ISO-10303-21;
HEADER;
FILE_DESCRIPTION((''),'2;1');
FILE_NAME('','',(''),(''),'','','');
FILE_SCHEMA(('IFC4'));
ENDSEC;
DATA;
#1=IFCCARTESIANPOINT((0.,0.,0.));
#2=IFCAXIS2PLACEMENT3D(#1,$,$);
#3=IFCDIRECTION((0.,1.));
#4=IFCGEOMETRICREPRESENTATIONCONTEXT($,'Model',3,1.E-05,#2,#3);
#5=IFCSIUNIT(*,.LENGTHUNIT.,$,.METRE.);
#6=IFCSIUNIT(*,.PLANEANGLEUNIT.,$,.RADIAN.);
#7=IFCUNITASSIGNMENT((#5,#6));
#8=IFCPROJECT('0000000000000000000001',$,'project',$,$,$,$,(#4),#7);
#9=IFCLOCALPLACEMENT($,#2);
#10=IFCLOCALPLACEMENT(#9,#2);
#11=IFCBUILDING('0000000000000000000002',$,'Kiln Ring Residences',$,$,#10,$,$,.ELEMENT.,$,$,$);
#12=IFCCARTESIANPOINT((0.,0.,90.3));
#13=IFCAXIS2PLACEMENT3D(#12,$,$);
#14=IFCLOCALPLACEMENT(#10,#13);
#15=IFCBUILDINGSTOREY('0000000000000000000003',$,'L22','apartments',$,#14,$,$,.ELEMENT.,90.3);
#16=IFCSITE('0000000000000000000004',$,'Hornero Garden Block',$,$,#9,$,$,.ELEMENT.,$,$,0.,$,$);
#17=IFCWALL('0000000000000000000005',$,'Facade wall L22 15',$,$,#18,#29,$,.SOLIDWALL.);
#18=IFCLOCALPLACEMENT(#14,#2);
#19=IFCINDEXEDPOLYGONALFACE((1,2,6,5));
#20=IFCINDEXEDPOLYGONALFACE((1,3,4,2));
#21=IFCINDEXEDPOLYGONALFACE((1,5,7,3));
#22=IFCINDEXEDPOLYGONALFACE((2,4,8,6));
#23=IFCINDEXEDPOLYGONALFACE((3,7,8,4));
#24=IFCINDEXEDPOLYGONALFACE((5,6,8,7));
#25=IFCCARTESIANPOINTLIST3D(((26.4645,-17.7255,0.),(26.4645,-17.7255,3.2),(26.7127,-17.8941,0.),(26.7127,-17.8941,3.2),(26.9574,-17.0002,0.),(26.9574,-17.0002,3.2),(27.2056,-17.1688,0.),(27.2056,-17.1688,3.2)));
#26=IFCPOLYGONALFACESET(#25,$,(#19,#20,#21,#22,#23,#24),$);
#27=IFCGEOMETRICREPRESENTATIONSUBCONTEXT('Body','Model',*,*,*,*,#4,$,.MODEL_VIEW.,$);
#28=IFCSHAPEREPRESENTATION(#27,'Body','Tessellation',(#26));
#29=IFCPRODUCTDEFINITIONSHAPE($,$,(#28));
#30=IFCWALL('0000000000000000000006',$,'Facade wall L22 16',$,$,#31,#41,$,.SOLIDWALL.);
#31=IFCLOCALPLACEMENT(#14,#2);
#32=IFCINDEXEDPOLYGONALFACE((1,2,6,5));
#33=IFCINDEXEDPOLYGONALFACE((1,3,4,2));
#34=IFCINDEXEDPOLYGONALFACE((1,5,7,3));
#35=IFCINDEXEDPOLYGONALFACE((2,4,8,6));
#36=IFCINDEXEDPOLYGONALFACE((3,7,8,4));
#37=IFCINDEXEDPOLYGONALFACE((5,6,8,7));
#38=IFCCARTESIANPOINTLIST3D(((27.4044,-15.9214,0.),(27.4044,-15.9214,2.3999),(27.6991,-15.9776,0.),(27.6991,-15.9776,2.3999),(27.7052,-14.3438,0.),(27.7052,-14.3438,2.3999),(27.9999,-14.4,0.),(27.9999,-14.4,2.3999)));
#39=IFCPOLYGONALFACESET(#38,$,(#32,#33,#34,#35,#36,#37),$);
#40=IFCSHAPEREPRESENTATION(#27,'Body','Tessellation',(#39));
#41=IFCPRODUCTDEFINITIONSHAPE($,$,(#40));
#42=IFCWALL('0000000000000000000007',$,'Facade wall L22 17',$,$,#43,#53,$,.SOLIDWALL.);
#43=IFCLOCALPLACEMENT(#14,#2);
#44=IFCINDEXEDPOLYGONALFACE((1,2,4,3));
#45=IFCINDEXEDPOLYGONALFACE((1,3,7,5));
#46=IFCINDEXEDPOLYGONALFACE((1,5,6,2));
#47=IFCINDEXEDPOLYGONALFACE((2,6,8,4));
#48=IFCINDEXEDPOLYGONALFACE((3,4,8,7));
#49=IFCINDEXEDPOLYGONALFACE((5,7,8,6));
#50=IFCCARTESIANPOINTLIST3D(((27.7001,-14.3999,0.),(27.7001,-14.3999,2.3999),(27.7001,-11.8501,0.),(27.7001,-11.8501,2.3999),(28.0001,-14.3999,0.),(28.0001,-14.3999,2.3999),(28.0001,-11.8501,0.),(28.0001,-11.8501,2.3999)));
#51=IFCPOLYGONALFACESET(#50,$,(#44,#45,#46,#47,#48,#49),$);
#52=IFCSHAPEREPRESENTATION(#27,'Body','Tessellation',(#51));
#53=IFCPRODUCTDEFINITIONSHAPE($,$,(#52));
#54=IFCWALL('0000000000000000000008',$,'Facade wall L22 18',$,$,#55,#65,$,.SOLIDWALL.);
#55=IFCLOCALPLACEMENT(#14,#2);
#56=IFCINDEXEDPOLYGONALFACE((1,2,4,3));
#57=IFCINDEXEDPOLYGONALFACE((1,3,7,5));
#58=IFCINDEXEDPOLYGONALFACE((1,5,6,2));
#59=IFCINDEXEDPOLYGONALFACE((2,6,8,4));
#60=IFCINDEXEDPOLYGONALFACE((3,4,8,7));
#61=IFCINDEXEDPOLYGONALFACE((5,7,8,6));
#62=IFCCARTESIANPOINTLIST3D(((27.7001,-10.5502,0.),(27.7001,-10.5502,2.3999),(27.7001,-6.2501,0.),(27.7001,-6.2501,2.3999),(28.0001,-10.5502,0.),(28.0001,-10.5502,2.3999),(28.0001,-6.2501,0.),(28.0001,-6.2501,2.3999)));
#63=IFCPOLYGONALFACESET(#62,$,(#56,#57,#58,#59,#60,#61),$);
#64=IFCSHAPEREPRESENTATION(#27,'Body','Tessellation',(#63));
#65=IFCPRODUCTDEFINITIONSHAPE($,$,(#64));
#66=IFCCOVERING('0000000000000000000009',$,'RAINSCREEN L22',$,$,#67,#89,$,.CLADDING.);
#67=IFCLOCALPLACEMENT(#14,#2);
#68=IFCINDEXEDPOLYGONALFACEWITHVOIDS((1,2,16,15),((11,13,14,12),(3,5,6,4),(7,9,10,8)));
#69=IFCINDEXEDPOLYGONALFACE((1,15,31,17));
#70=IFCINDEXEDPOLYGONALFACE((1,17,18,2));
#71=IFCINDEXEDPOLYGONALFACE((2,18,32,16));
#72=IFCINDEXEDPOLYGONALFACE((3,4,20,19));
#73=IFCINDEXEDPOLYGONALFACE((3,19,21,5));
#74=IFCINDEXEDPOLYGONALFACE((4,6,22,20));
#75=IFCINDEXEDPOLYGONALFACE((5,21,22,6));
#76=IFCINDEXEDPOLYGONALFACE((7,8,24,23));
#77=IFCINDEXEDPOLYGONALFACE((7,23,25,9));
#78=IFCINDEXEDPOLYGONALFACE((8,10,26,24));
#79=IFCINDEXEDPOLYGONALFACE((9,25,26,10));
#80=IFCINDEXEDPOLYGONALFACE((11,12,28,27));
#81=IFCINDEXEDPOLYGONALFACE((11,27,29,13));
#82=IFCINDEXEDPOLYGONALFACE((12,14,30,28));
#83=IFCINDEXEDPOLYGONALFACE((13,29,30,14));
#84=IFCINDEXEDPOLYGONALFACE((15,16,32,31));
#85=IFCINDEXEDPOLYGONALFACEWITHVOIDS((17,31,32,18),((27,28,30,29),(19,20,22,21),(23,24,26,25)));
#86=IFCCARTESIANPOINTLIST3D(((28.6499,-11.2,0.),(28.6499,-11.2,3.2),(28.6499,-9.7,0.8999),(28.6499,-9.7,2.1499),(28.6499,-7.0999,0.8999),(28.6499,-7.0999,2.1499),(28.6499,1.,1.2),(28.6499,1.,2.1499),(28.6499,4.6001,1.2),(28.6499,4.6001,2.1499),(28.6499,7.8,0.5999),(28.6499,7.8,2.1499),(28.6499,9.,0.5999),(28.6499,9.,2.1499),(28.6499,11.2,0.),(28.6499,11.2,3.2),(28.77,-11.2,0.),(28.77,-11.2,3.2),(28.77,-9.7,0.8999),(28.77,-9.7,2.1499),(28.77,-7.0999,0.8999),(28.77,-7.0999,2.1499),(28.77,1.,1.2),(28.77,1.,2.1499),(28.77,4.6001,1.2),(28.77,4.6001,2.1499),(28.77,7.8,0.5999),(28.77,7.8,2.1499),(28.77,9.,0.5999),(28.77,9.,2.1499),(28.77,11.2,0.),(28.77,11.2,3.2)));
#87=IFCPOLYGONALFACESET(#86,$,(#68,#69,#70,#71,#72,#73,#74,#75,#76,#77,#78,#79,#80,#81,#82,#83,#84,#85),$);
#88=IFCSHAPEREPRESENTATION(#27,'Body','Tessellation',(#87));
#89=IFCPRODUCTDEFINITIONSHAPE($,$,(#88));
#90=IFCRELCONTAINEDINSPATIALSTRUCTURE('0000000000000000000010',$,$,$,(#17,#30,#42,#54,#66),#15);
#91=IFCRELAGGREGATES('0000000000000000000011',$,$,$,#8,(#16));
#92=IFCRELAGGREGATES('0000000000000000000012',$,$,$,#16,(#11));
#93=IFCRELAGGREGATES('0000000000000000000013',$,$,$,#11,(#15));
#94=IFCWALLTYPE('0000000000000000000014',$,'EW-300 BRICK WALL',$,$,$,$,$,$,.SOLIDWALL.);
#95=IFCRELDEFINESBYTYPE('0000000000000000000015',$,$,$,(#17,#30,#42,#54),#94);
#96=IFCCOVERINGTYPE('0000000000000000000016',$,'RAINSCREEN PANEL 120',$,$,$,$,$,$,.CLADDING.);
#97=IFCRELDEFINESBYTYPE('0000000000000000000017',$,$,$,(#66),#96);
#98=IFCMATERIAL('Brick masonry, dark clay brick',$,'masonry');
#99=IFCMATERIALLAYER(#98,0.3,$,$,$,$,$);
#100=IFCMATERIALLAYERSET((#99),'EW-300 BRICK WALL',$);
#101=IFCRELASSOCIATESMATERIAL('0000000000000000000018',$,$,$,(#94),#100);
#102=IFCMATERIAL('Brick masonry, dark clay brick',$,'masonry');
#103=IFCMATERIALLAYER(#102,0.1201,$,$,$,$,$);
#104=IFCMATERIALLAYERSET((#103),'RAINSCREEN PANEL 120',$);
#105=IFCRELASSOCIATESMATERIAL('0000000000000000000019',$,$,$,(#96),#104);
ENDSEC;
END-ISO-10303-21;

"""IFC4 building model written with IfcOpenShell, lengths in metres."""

from ifc_helpers import new_model, si_unit, direction, frame, frame_2d, origin, place, context, subcontext, project, spatial, polyline, rectangle, outline, extrude, material, layer, layer_set, type_object, element, save


model = new_model("IFC4")

# Units and contexts
model_context = context("Model", 3, precision=1e-05, world=origin(), true_north=direction((0.0, 1.0)))
body_context = subcontext(model_context, "Body", "Model", "MODEL_VIEW")
ifc_project = project(units=[si_unit("LENGTHUNIT", "METRE"), si_unit("PLANEANGLEUNIT", "RADIAN")], contexts=[model_context])

# Site, building, storey
site_placement = place(None, origin())
site = spatial("IfcSite", under=ifc_project, at=site_placement, Name="Hornero Garden Block", CompositionType="ELEMENT", RefElevation=0.0)
building_placement = place(site_placement, origin())
building = spatial("IfcBuilding", under=site, at=building_placement, Name="Kiln Ring Residences", CompositionType="ELEMENT")
storey_placement = place(building_placement, frame((0.0, 0.0, 90.3)))
storey = spatial("IfcBuildingStorey", under=building, at=storey_placement, Name="L22", Description="apartments", CompositionType="ELEMENT", Elevation=90.3)

# Walls
ifc_material_1 = material(Name="Brick masonry, dark clay brick", Category="masonry")
ifc_layer_1 = layer(ifc_material_1, 0.3)
ifc_layer_set_1 = layer_set([ifc_layer_1], Name="EW-300 BRICK WALL")
wall_type_1 = type_object("IfcWallType", Name="EW-300 BRICK WALL", PredefinedType="SOLIDWALL", material=ifc_layer_set_1)
wall_1_placement = place(storey_placement, frame((26.5886, -17.8098, 0.0), z_axis=(0.0, 0.0, 1.0), x_axis=(0.562066, 0.827092, 0.0)))
element("IfcWall", 1, at=wall_1_placement, inside=storey, type_object=wall_type_1, Name="Facade wall L22 15", PredefinedType="SOLIDWALL", context=body_context, shape_type="SweptSolid", body=[
    extrude(rectangle(XDim=0.877, YDim=0.3, at=frame_2d((0.4385, 0.0))), origin(), (0.0, 0.0, 1.0), 3.2),
])
wall_2_placement = place(storey_placement, frame((27.5518, -15.9495, 0.0), z_axis=(0.0, 0.0, 1.0), x_axis=(0.18728, 0.982307, 0.0)))
element("IfcWall", 2, at=wall_2_placement, inside=storey, type_object=wall_type_1, Name="Facade wall L22 16", PredefinedType="SOLIDWALL", context=body_context, shape_type="SweptSolid", body=[
    extrude(rectangle(XDim=1.606, YDim=0.3, at=frame_2d((0.803, 0.0))), origin(), (0.0, 0.0, 1.0), 2.3999),
])
wall_3_placement = place(storey_placement, frame((27.8501, -14.3999, 0.0), z_axis=(0.0, 0.0, 1.0), x_axis=(0.0, 1.0, 0.0)))
element("IfcWall", 3, at=wall_3_placement, inside=storey, type_object=wall_type_1, Name="Facade wall L22 17", PredefinedType="SOLIDWALL", context=body_context, shape_type="SweptSolid", body=[
    extrude(rectangle(XDim=2.5498, YDim=0.3, at=frame_2d((1.2749, 0.0))), origin(), (0.0, 0.0, 1.0), 2.3999),
])
wall_4_placement = place(storey_placement, frame((27.8501, -10.55, 0.0), z_axis=(0.0, 0.0, 1.0), x_axis=(0.0, 1.0, 0.0)))
element("IfcWall", 4, at=wall_4_placement, inside=storey, type_object=wall_type_1, Name="Facade wall L22 18", PredefinedType="SOLIDWALL", context=body_context, shape_type="SweptSolid", body=[
    extrude(rectangle(XDim=4.3, YDim=0.3, at=frame_2d((2.1499, 0.0))), origin(), (0.0, 0.0, 1.0), 2.3999),
])

# Covering
ifc_material_2 = material(Name="Brick masonry, dark clay brick", Category="masonry")
ifc_layer_2 = layer(ifc_material_2, 0.1201)
ifc_layer_set_2 = layer_set([ifc_layer_2], Name="RAINSCREEN PANEL 120")
covering_type = type_object("IfcCoveringType", Name="RAINSCREEN PANEL 120", PredefinedType="CLADDING", material=ifc_layer_set_2)
covering_placement = place(storey_placement, frame((28.71, -11.2, 0.0), z_axis=(0.0, 0.0, 1.0), x_axis=(0.0, 1.0, 0.0)))
element("IfcCovering", 5, at=covering_placement, inside=storey, type_object=covering_type, Name="RAINSCREEN L22", PredefinedType="CLADDING", context=body_context, shape_type="SweptSolid", body=[
    extrude(outline(polyline([(0.0, 0.0), (22.3999, 0.0), (22.3999, 3.2), (0.0, 3.2), (0.0, 0.0)]), holes=[polyline([(20.2, 2.1499), (19.0, 2.1499), (19.0, 0.5999), (20.2, 0.5999), (20.2, 2.1499)]), polyline([(4.1001, 0.8999), (4.1001, 2.1499), (1.5, 2.1499), (1.5, 0.8999), (4.1001, 0.8999)]), polyline([(15.8, 1.2), (15.8, 2.1499), (12.2, 2.1499), (12.2, 1.2), (15.8, 1.2)])]), frame((0.0, 0.0601, 0.0), z_axis=(0.0, -1.0, 0.0), x_axis=(1.0, 0.0, 0.0)), (0.0, 0.0, 1.0), 0.1201),
])

save(model, "model.ifc")
